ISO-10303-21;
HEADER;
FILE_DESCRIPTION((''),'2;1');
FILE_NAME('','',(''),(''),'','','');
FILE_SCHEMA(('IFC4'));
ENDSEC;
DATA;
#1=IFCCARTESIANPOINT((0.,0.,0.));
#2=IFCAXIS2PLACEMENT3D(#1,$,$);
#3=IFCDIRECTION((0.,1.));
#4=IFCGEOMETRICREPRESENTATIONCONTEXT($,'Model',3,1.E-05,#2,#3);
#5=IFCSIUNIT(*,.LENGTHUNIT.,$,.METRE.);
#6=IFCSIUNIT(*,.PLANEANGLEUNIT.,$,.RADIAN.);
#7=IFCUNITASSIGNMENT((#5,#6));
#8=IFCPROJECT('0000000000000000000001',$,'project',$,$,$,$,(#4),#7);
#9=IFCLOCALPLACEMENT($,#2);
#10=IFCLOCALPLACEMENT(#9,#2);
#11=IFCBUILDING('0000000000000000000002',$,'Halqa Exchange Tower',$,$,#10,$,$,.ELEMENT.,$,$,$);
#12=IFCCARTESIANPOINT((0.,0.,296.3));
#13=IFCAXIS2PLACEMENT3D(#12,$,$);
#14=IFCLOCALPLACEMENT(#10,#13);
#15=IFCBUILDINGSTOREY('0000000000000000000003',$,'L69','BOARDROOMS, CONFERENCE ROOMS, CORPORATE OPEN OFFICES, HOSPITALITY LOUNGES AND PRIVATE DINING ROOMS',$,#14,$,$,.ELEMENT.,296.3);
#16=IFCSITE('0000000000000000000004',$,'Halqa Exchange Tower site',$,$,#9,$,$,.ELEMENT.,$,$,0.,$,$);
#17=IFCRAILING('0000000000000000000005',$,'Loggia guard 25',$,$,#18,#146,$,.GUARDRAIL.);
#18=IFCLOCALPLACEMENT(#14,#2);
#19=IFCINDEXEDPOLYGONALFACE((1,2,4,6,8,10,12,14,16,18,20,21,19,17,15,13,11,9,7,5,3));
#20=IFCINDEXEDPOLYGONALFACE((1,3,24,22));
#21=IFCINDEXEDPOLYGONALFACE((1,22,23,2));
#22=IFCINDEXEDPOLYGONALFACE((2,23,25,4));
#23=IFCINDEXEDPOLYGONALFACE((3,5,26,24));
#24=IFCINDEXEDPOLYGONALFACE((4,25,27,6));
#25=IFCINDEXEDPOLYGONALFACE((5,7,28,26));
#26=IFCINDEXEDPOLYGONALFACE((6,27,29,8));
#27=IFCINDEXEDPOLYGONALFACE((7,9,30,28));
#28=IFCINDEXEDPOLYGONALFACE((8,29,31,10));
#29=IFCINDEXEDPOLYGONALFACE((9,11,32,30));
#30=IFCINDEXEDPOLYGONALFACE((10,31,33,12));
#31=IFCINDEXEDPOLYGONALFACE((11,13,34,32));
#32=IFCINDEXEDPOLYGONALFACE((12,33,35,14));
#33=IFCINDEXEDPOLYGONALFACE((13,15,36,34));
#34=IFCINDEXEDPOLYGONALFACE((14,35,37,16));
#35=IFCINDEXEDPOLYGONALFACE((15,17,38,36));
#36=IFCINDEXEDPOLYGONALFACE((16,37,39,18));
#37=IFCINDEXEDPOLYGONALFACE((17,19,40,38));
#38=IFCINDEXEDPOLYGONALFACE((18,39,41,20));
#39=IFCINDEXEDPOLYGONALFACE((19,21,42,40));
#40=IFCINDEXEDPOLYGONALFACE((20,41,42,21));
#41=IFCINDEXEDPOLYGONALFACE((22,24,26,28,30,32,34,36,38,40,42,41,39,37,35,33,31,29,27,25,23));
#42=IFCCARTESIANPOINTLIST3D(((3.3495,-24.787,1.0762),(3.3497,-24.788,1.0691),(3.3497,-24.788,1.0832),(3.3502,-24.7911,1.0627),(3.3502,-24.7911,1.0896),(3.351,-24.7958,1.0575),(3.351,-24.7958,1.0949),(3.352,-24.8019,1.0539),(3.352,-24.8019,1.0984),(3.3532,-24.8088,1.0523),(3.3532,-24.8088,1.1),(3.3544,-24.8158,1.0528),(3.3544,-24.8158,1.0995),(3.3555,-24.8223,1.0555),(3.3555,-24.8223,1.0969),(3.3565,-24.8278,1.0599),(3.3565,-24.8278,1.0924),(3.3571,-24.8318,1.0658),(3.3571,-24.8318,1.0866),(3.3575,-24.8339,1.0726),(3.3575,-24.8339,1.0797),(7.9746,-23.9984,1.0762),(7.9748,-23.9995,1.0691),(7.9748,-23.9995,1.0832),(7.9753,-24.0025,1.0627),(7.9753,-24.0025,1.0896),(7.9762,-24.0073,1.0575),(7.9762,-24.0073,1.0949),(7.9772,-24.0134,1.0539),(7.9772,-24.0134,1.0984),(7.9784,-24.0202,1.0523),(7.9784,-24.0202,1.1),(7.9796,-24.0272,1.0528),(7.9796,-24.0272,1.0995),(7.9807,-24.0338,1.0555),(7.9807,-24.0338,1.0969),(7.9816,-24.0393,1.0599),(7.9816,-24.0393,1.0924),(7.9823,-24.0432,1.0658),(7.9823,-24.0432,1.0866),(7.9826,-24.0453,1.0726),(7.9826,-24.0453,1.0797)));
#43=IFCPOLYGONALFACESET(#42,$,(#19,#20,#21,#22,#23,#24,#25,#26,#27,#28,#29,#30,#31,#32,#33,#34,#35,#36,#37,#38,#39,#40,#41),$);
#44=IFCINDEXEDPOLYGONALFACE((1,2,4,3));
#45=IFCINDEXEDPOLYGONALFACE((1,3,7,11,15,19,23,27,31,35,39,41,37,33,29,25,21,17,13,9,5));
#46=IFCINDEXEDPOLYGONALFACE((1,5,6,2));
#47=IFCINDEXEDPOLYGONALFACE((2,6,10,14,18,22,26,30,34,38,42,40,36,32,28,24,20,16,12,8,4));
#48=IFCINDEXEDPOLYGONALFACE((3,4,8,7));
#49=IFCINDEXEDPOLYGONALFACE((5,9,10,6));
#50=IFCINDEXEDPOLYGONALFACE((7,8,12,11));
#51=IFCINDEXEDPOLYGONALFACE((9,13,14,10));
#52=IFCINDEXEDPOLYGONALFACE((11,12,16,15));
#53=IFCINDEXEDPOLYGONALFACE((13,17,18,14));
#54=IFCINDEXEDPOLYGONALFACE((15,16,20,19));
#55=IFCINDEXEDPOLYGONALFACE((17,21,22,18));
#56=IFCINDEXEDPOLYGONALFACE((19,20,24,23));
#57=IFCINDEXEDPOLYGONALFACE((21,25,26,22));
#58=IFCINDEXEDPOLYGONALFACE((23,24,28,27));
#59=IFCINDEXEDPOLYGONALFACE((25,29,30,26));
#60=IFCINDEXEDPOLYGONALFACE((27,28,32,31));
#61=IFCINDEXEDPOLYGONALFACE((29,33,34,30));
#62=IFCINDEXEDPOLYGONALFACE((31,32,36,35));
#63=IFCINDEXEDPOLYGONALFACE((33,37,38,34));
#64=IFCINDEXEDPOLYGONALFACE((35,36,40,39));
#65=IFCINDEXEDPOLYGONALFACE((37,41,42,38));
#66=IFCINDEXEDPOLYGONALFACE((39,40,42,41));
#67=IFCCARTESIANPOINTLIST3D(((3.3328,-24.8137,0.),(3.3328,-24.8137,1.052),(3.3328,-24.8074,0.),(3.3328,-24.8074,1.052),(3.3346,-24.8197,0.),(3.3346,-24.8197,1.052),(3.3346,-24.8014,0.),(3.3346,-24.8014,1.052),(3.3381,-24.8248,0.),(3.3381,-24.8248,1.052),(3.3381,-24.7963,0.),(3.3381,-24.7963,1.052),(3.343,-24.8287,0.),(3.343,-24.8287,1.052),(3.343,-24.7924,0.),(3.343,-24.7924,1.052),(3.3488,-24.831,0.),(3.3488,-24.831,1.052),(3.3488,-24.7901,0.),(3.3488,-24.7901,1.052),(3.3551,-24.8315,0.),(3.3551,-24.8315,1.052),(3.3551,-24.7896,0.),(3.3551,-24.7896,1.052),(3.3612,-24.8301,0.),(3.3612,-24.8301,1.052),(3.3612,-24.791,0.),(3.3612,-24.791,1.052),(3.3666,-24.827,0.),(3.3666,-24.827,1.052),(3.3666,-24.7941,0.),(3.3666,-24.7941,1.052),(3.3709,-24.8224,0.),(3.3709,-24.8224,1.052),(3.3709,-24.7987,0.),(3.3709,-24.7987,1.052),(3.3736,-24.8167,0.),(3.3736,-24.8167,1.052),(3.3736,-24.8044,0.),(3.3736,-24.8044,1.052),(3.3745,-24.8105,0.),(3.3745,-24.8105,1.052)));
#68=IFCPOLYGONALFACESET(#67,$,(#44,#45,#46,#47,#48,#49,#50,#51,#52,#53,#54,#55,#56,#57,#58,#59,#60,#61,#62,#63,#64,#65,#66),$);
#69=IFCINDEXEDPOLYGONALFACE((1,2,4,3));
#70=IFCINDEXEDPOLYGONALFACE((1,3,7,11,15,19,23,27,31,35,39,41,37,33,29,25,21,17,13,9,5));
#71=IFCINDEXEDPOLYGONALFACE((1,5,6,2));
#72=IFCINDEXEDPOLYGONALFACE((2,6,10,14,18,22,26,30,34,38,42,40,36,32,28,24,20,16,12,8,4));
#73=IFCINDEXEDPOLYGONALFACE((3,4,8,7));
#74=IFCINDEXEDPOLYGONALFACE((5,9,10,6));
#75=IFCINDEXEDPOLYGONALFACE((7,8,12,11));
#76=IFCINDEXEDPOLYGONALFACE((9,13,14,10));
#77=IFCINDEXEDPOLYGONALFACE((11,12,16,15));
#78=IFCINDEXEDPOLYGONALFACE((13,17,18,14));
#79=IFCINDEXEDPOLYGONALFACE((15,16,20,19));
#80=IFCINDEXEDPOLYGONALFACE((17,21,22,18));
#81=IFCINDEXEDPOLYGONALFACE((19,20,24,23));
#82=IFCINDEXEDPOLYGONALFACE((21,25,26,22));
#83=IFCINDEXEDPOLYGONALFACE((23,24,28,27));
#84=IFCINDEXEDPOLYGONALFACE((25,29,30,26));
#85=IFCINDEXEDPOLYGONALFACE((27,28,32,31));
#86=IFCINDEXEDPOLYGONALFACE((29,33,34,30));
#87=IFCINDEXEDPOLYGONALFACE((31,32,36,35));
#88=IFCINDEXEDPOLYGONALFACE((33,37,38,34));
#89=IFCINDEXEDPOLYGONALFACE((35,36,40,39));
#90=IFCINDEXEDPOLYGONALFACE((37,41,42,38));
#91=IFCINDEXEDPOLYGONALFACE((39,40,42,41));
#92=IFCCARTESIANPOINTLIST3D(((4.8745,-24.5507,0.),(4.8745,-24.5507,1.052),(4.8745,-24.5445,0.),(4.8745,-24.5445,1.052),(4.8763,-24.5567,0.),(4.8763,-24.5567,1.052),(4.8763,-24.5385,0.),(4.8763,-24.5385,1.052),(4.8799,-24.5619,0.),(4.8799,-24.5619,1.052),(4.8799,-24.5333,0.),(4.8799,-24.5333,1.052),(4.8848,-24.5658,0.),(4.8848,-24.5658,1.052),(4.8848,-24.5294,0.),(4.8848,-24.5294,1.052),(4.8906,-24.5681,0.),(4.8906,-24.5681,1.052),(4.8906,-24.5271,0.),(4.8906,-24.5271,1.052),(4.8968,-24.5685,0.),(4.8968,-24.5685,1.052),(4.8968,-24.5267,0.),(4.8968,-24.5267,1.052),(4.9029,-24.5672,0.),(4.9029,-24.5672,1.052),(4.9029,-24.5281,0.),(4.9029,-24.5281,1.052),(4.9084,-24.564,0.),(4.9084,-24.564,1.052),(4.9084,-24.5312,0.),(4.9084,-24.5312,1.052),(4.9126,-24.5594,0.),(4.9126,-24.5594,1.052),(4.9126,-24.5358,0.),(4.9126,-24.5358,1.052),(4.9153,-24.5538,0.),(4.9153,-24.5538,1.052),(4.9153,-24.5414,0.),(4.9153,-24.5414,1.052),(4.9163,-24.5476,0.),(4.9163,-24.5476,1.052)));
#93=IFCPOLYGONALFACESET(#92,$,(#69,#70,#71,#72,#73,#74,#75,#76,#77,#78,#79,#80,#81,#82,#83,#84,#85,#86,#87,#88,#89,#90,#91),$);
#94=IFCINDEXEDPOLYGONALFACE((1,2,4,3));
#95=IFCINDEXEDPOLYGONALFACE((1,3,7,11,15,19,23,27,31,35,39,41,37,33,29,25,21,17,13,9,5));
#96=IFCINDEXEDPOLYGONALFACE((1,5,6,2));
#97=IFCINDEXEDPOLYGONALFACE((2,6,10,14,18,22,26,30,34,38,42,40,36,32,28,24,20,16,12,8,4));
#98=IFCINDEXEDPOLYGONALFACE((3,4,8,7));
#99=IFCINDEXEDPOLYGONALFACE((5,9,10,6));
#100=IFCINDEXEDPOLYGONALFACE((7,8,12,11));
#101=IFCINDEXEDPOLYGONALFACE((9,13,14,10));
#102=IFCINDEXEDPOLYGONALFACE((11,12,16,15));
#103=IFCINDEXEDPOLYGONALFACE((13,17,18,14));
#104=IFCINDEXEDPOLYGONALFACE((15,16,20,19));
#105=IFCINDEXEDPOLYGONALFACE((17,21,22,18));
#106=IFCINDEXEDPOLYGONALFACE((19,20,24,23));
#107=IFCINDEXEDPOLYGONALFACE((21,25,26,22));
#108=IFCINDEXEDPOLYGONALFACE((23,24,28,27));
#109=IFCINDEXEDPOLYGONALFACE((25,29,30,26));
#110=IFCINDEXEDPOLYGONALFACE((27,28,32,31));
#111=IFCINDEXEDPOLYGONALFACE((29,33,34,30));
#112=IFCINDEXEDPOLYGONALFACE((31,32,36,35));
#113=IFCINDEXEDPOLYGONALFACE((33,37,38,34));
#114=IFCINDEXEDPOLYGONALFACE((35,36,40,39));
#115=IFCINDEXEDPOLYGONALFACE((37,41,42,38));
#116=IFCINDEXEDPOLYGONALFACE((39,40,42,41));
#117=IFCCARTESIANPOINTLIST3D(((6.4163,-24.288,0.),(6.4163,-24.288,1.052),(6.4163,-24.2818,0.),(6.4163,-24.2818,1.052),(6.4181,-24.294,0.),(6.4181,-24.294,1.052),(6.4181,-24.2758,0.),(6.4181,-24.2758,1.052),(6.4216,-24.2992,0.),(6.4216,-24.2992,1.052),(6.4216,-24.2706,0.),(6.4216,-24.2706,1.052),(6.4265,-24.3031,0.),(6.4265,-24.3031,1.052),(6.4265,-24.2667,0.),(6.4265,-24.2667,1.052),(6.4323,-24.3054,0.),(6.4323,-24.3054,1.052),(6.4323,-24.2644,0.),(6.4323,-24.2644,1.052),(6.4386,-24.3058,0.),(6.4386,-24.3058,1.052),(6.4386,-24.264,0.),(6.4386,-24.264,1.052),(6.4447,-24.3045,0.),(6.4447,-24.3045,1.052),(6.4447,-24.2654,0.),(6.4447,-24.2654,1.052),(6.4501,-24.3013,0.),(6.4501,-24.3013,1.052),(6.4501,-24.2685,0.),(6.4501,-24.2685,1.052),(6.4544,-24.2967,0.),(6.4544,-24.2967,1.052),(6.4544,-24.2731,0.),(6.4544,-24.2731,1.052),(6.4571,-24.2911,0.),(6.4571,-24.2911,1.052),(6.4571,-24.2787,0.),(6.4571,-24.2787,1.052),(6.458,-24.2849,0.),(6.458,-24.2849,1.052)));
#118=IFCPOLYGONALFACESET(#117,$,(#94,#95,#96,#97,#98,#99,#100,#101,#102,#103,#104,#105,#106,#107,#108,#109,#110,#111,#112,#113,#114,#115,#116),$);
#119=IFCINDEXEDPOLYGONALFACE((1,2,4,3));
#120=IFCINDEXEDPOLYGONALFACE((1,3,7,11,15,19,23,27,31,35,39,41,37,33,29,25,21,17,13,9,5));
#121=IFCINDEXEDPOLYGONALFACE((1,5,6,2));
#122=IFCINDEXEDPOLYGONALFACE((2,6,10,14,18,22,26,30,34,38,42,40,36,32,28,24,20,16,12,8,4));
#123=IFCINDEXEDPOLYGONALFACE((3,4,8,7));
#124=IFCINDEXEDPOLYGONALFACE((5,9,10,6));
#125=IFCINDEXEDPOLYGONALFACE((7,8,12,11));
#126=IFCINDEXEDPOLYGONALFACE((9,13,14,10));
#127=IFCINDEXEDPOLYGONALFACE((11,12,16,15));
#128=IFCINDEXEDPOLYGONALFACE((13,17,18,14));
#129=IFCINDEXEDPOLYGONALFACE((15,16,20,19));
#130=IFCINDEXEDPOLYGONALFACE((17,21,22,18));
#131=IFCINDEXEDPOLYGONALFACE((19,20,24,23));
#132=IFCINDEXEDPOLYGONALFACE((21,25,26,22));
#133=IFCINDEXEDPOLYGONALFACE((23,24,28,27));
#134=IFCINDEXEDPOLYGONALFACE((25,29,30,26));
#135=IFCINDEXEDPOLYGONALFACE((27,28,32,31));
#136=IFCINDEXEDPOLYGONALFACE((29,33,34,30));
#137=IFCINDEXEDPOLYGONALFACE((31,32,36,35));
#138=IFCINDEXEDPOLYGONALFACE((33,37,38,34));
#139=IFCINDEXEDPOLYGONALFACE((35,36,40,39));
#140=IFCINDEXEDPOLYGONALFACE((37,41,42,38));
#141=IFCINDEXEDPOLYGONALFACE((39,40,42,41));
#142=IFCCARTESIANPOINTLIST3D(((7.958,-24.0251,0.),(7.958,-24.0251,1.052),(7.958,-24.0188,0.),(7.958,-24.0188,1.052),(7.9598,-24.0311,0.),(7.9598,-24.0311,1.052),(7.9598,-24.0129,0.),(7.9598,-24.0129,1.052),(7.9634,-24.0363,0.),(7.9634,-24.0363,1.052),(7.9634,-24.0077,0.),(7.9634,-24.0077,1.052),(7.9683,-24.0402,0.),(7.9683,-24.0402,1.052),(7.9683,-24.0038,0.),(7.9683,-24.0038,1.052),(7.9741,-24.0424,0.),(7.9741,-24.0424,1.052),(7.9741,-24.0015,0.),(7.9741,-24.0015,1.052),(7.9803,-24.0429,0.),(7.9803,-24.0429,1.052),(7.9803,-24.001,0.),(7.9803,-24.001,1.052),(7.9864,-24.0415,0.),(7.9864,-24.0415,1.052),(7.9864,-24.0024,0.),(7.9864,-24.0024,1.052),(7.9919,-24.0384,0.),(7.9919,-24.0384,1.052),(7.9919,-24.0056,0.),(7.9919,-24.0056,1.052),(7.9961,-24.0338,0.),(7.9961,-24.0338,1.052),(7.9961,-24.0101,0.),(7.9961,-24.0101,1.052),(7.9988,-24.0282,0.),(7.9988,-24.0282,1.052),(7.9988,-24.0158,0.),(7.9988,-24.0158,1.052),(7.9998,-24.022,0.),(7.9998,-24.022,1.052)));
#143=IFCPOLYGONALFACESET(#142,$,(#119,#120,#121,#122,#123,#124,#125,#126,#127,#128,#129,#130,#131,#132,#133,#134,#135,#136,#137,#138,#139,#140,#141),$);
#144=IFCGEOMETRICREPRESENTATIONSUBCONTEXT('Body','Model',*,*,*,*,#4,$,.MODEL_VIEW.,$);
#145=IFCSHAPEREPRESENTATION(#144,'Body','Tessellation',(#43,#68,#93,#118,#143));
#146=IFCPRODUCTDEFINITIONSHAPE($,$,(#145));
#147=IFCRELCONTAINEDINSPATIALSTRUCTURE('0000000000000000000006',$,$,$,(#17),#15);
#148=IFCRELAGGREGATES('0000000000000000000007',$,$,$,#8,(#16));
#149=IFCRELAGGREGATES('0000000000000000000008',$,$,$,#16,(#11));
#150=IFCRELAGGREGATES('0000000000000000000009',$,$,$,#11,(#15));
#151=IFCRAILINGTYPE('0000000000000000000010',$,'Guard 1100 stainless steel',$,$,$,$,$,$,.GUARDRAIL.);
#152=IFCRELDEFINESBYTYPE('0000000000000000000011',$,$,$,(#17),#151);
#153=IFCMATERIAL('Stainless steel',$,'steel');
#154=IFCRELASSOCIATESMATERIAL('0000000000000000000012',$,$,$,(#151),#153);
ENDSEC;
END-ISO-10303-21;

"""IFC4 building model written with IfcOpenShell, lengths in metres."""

from ifc_helpers import new_model, si_unit, direction, frame, origin, origin_2d, place, context, subcontext, project, spatial, circle, extrude, material, type_object, element, save


model = new_model("IFC4")

# Units and contexts
model_context = context("Model", 3, precision=1e-05, world=origin(), true_north=direction((0.0, 1.0)))
body_context = subcontext(model_context, "Body", "Model", "MODEL_VIEW")
ifc_project = project(units=[si_unit("LENGTHUNIT", "METRE"), si_unit("PLANEANGLEUNIT", "RADIAN")], contexts=[model_context])

# Site, building, storey
site_placement = place(None, origin())
site = spatial("IfcSite", under=ifc_project, at=site_placement, Name="Halqa Exchange Tower site", CompositionType="ELEMENT", RefElevation=0.0)
building_placement = place(site_placement, origin())
building = spatial("IfcBuilding", under=site, at=building_placement, Name="Halqa Exchange Tower", CompositionType="ELEMENT")
storey_placement = place(building_placement, frame((0.0, 0.0, 296.3)))
storey = spatial("IfcBuildingStorey", under=building, at=storey_placement, Name="L69", Description="BOARDROOMS, CONFERENCE ROOMS, CORPORATE OPEN OFFICES, HOSPITALITY LOUNGES AND PRIVATE DINING ROOMS", CompositionType="ELEMENT", Elevation=296.3)

# Railing
ifc_material_1 = material(Name="Stainless steel", Category="steel")
railing_type_1 = type_object("IfcRailingType", Name="Guard 1100 stainless steel", PredefinedType="GUARDRAIL", material=ifc_material_1)
railing_1_placement = place(storey_placement, frame((3.3535, -24.8105, 0.0)))
element("IfcRailing", 1, at=railing_1_placement, inside=storey, type_object=railing_type_1, Name="Loggia guard 25", PredefinedType="GUARDRAIL", context=body_context, shape_type="SweptSolid", body=[
    extrude(circle(Radius=0.0239, at=origin_2d()), frame((0.0, 0.0, 1.0762), z_axis=(0.985775, 0.168068, 0.0), x_axis=(-0.168068, 0.985775, 0.0)), (0.0, 0.0, 1.0), 4.6919),
    extrude(circle(Radius=0.021, at=origin_2d()), origin(), (0.0, 0.0, 1.0), 1.052),
    extrude(circle(Radius=0.021, at=origin_2d()), frame((1.5417, 0.2629, 0.0)), (0.0, 0.0, 1.0), 1.052),
    extrude(circle(Radius=0.021, at=origin_2d()), frame((3.0835, 0.5256, 0.0)), (0.0, 0.0, 1.0), 1.052),
    extrude(circle(Radius=0.021, at=origin_2d()), frame((4.6252, 0.7886, 0.0)), (0.0, 0.0, 1.0), 1.052),
])

save(model, "model.ifc")
